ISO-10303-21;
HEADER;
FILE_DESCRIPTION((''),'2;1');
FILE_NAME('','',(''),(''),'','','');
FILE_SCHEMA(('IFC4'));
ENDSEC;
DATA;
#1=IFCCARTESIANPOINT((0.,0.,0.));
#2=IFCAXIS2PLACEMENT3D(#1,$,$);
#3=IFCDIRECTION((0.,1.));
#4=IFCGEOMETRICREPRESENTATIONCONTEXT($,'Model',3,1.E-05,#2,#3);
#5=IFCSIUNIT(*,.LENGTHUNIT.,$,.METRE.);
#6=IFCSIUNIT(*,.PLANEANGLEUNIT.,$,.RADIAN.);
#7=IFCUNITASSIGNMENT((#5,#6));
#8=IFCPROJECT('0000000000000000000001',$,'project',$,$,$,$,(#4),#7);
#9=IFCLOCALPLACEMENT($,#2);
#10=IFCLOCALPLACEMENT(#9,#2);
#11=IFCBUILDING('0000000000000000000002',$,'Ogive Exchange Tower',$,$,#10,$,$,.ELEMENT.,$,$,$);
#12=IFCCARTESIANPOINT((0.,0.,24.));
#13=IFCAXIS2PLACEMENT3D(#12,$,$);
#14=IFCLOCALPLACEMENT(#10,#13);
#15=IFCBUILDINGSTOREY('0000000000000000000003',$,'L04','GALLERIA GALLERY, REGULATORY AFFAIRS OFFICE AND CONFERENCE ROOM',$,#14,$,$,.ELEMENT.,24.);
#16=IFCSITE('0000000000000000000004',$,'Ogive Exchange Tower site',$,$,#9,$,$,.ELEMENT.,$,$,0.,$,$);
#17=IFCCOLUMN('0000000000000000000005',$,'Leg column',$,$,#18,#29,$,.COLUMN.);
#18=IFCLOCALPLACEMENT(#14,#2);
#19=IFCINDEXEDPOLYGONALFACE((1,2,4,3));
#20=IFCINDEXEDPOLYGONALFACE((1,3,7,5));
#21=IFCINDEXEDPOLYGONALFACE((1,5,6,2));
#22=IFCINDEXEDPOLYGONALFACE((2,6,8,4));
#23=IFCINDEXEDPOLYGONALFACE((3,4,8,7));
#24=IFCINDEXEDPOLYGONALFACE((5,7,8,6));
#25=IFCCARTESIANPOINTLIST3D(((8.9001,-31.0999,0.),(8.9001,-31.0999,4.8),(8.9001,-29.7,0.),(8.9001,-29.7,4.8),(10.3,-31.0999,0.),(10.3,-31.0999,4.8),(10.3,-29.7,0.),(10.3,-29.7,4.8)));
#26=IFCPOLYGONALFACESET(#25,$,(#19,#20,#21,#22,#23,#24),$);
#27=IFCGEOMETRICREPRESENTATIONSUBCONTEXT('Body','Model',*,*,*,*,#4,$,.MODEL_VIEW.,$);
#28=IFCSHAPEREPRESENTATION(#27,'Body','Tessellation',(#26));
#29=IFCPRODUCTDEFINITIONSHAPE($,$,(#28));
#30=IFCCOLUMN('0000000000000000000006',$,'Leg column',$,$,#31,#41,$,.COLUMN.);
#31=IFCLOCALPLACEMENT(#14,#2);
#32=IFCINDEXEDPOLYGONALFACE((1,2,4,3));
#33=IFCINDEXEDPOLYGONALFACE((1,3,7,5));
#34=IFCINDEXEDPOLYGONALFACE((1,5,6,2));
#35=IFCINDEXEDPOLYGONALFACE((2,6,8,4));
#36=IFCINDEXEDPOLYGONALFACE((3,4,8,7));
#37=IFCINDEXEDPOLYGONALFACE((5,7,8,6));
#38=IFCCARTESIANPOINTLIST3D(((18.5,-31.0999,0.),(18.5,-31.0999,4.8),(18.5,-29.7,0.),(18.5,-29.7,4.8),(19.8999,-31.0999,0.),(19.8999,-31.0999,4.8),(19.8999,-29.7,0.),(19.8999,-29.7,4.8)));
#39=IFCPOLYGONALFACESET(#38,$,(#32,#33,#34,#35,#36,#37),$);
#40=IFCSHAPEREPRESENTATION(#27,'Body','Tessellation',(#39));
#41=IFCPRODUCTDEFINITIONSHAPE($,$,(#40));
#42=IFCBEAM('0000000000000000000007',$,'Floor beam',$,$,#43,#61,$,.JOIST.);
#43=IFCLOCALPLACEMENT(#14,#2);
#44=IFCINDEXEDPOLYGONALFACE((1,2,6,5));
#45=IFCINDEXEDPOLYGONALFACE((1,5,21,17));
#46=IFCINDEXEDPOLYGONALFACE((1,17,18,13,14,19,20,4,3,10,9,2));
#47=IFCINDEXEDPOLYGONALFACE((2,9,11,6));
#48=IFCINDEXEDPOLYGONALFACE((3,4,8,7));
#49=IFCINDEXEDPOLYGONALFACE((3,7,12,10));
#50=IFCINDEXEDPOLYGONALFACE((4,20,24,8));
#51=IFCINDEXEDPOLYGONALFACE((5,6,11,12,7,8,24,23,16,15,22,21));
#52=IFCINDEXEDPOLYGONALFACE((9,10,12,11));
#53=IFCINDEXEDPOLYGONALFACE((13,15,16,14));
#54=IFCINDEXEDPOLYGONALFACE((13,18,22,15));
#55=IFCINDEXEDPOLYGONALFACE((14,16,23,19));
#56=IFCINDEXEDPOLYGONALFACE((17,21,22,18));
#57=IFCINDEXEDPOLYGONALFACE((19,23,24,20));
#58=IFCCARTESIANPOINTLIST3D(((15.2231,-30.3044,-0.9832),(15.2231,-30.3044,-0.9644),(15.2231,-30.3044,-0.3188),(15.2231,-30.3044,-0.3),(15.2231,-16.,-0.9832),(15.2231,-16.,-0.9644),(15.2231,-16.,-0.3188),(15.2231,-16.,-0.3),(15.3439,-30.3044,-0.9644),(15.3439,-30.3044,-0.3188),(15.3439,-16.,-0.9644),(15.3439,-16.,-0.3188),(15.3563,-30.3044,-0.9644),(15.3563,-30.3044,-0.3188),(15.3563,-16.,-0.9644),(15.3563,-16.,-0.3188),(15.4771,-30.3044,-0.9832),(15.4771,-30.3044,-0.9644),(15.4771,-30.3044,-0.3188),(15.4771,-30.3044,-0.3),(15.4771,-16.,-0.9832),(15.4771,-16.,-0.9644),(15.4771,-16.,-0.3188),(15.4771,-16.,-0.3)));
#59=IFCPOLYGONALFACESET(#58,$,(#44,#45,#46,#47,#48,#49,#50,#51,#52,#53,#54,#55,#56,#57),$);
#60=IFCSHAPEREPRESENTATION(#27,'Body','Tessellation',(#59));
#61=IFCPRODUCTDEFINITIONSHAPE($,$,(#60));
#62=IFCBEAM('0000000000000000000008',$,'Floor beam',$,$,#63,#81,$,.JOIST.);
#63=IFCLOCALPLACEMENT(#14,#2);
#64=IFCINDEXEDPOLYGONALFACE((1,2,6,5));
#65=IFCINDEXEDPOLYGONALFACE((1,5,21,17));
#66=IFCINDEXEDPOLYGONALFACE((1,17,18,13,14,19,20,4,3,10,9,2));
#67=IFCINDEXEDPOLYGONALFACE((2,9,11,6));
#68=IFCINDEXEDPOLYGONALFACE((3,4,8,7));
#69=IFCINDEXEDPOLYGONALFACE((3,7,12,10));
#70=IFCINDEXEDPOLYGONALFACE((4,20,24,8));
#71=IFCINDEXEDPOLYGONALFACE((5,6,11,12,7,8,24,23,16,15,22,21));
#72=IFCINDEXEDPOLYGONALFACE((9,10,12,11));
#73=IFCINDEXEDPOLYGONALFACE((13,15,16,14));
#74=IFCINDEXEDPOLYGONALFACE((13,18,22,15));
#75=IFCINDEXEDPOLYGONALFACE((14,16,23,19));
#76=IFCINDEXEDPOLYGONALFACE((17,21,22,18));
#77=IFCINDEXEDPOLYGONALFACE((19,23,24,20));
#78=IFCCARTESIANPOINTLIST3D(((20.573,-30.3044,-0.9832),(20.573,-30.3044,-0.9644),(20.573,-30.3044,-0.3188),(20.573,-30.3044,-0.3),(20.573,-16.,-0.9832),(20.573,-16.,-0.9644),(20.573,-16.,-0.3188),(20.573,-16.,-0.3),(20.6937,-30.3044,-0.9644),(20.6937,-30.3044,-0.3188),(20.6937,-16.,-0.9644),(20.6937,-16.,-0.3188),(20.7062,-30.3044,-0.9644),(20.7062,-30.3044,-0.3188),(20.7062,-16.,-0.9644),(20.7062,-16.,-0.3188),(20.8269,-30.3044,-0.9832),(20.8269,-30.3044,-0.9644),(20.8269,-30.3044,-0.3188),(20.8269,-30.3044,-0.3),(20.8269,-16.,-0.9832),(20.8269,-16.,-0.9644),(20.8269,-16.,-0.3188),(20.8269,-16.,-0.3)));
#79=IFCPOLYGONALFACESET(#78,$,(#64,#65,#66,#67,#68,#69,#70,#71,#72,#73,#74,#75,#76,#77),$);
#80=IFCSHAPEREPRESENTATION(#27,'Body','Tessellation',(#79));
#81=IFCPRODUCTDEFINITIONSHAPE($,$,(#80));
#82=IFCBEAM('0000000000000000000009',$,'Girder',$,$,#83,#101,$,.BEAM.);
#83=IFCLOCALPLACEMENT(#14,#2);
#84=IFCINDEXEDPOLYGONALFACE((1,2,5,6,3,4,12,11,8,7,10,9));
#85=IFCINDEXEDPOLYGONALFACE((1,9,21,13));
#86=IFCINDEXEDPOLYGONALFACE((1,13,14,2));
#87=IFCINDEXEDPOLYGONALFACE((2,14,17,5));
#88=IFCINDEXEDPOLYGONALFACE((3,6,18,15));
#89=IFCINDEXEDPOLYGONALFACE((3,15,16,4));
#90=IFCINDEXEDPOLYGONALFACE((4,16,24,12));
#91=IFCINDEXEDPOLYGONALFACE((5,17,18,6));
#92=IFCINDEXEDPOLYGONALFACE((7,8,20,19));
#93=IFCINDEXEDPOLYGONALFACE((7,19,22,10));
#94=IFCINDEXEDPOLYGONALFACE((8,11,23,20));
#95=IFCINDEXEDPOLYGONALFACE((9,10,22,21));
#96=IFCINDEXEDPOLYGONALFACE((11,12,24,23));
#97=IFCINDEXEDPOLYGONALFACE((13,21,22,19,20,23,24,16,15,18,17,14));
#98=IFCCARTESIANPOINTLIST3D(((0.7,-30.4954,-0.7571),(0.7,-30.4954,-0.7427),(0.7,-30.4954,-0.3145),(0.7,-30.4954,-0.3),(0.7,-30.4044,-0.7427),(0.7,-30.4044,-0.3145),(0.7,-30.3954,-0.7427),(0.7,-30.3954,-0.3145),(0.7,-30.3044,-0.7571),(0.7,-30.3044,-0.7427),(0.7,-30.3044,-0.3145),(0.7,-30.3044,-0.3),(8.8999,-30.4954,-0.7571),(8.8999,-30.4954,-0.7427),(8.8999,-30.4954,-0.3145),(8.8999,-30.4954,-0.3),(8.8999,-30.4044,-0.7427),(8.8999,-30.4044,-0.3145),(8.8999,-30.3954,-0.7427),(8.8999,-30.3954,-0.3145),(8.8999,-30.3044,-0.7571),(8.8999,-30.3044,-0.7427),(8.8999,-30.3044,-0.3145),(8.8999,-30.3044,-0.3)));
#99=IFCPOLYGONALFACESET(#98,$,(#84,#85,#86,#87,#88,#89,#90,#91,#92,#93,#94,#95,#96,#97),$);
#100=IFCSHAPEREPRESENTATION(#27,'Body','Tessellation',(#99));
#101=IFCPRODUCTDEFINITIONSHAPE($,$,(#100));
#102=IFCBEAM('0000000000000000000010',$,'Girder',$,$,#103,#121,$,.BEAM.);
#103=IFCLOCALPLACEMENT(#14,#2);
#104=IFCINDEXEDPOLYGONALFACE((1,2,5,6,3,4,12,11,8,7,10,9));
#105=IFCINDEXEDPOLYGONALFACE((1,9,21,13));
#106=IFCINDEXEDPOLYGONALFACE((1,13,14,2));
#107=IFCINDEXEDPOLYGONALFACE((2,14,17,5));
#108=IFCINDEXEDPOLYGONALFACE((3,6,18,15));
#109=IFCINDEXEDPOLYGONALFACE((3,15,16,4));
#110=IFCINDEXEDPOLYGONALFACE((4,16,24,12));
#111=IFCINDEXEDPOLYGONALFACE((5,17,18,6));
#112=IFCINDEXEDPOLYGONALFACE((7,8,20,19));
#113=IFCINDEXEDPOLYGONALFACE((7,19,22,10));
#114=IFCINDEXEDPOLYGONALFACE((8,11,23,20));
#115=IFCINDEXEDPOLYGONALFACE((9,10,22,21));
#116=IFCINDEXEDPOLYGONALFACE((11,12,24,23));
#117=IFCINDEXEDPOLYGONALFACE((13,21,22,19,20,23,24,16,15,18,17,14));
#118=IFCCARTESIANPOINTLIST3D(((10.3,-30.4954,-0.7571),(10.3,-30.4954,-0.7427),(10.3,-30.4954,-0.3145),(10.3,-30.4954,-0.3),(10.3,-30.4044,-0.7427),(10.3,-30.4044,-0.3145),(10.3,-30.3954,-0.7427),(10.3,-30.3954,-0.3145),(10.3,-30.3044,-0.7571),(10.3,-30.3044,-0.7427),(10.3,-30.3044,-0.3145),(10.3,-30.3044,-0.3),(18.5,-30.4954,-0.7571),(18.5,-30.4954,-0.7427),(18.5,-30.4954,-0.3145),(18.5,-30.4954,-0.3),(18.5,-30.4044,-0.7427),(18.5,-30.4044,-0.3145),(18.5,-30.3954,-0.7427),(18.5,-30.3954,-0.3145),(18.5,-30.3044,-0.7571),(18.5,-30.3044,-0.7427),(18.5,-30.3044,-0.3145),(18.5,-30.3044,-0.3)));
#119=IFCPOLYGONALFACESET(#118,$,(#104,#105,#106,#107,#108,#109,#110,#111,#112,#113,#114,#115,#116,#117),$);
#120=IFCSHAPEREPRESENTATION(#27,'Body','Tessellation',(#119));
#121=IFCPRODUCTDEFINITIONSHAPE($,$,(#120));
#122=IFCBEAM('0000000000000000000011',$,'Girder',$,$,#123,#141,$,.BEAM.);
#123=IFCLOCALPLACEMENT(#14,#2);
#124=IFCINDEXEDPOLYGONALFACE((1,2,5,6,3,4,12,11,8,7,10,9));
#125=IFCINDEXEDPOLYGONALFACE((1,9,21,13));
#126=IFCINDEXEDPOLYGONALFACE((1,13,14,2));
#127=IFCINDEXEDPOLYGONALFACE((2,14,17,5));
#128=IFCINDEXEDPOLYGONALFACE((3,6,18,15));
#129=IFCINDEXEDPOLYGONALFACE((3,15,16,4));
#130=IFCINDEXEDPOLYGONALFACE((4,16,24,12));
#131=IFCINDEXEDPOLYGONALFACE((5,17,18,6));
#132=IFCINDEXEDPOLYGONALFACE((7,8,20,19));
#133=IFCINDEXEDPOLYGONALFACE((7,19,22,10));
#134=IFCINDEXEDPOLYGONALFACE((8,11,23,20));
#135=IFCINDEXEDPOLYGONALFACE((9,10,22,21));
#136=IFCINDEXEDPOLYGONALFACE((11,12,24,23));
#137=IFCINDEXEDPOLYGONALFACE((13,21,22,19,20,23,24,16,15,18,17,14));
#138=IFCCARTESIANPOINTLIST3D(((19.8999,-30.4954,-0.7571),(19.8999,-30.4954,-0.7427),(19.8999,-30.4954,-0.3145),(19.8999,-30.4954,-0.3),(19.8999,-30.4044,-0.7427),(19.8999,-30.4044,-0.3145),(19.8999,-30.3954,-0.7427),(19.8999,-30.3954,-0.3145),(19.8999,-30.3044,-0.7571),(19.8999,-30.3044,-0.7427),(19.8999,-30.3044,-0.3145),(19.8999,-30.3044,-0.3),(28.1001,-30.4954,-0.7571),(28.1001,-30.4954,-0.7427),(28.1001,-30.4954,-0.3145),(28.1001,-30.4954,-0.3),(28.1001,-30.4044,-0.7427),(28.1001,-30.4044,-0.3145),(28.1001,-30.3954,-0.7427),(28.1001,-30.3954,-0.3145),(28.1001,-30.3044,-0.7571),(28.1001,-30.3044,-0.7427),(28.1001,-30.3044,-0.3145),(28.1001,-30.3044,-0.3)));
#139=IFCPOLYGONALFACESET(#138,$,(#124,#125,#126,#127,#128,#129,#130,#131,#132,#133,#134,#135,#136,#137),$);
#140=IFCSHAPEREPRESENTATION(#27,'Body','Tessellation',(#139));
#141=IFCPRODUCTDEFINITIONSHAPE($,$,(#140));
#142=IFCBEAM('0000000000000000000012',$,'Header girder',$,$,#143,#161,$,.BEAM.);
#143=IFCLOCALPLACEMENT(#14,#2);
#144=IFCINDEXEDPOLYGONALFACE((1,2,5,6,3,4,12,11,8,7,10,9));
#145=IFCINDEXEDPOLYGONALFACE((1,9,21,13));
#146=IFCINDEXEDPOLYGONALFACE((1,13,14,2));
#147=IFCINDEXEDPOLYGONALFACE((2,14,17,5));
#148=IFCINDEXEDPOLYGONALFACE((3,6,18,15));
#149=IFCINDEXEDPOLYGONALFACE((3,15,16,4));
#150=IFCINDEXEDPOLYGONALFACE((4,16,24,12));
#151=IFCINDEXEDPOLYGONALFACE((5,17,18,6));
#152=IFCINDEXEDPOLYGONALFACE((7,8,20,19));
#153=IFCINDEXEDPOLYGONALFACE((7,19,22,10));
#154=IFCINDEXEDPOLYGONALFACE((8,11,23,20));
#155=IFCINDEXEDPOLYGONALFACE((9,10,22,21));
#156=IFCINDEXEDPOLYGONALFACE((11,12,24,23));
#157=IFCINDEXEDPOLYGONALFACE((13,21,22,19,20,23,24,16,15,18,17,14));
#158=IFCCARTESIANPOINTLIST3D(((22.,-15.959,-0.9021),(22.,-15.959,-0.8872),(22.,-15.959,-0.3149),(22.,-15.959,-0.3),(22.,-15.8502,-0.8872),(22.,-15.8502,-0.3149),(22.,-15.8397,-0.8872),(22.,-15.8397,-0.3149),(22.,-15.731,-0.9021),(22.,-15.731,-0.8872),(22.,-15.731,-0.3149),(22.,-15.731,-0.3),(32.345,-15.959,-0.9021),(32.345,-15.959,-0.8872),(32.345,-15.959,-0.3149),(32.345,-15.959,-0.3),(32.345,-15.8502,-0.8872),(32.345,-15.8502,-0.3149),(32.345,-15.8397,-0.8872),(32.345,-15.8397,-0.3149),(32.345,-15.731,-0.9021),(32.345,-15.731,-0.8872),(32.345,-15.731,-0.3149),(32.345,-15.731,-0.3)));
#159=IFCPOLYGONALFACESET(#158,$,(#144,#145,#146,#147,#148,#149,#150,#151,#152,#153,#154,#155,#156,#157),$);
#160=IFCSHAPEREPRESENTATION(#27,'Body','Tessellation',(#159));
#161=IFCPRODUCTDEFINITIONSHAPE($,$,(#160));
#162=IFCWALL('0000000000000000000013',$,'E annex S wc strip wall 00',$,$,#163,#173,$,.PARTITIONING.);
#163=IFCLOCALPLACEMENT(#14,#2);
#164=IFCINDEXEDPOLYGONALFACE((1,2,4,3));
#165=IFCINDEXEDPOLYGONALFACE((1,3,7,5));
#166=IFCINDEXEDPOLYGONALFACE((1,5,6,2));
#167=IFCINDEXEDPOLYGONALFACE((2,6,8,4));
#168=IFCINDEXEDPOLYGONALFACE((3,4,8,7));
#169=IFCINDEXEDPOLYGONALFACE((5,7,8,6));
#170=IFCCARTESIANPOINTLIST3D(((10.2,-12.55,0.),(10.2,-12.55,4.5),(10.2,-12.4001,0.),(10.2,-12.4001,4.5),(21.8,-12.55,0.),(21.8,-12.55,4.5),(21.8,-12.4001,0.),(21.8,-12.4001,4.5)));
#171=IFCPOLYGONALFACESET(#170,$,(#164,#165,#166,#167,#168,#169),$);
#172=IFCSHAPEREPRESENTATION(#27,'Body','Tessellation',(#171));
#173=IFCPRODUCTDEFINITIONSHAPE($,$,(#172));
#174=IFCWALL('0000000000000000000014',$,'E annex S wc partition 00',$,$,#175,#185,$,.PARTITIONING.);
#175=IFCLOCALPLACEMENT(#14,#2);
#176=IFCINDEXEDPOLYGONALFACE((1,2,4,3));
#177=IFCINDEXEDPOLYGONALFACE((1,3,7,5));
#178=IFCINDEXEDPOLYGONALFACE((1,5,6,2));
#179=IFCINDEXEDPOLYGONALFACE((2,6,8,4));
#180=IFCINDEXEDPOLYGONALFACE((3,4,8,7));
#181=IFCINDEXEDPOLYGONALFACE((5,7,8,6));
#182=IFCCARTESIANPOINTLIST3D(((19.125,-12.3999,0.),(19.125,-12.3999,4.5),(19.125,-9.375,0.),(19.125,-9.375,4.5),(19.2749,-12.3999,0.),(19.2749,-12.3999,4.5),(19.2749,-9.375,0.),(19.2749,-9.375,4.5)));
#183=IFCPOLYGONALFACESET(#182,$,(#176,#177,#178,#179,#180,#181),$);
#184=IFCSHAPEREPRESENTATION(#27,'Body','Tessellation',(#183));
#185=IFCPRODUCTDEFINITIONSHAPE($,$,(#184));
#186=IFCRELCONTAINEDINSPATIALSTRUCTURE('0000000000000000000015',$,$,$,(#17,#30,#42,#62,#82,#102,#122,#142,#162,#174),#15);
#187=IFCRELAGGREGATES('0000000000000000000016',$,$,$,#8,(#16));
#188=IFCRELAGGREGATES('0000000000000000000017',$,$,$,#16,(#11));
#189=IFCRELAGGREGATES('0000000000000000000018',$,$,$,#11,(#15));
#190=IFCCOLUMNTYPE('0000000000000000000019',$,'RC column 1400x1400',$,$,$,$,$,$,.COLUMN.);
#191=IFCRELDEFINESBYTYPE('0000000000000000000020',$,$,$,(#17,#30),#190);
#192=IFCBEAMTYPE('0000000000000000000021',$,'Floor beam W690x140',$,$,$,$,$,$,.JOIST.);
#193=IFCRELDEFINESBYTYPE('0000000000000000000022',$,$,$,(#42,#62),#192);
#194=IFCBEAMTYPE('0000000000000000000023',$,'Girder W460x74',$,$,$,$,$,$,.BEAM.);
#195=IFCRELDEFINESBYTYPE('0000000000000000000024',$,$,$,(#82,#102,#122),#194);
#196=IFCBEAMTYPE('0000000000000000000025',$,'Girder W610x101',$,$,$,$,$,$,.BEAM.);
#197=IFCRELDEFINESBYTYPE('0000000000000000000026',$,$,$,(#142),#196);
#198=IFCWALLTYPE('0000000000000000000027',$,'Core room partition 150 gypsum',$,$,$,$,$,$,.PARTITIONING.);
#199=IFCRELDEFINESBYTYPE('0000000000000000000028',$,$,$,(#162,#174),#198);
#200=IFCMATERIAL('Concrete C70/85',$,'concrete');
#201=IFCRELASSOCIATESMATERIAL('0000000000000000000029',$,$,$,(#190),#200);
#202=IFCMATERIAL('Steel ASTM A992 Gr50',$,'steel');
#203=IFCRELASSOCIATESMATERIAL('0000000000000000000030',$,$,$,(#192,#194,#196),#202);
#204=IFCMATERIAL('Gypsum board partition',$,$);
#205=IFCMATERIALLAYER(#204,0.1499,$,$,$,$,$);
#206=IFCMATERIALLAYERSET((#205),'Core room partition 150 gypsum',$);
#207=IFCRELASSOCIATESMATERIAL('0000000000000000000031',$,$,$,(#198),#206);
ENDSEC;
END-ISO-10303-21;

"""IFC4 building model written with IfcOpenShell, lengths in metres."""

from ifc_helpers import new_model, si_unit, direction, frame, frame_2d, origin, origin_2d, place, context, subcontext, project, spatial, rectangle, i_section, extrude, material, layer, layer_set, material_profile, profile_set, type_object, element, save


model = new_model("IFC4")

# Units and contexts
model_context = context("Model", 3, precision=1e-05, world=origin(), true_north=direction((0.0, 1.0)))
body_context = subcontext(model_context, "Body", "Model", "MODEL_VIEW")
ifc_project = project(units=[si_unit("LENGTHUNIT", "METRE"), si_unit("PLANEANGLEUNIT", "RADIAN")], contexts=[model_context])

# Site, building, storey
site_placement = place(None, origin())
site = spatial("IfcSite", under=ifc_project, at=site_placement, Name="Ogive Exchange Tower site", CompositionType="ELEMENT", RefElevation=0.0)
building_placement = place(site_placement, origin())
building = spatial("IfcBuilding", under=site, at=building_placement, Name="Ogive Exchange Tower", CompositionType="ELEMENT")
storey_placement = place(building_placement, frame((0.0, 0.0, 24.0)))
storey = spatial("IfcBuildingStorey", under=building, at=storey_placement, Name="L04", Description="GALLERIA GALLERY, REGULATORY AFFAIRS OFFICE AND CONFERENCE ROOM", CompositionType="ELEMENT", Elevation=24.0)

# Columns
ifc_material_1 = material(Name="Concrete C70/85", Category="concrete")
ifc_material_profile_1 = material_profile(ifc_material_1, rectangle(XDim=1.3999, YDim=1.3999, at=origin_2d()), Name="RC 1400x1400")
ifc_profile_set_1 = profile_set([ifc_material_profile_1], Name="Concrete C70/85")
column_type = type_object("IfcColumnType", Name="RC column 1400x1400", PredefinedType="COLUMN", material=ifc_profile_set_1)
for number, where, z_axis, x_axis, name in (
    (1, (9.6001, -30.3999, 0.0), (0.0, 0.0, 1.0), (1.0, 0.0, 0.0), "Leg column"),
    (2, (19.2, -30.3999, 0.0), (0.0, 0.0, 1.0), (1.0, 0.0, 0.0), "Leg column"),
):
    element("IfcColumn", number, at=place(storey_placement, frame(where, z_axis=z_axis, x_axis=x_axis)), inside=storey, type_object=column_type, Name=name, PredefinedType="COLUMN", context=body_context, shape_type="SweptSolid", body=[
        extrude(rectangle(XDim=1.3999, YDim=1.3999, at=origin_2d()), origin(), (0.0, 0.0, 1.0), 4.8),
    ])

# Beams
ifc_material_2 = material(Name="Steel ASTM A992 Gr50", Category="steel")
ifc_material_profile_2 = material_profile(ifc_material_2, i_section(OverallWidth=0.2539, OverallDepth=0.6831, WebThickness=0.0125, FlangeThickness=0.0188, at=origin_2d()), Name="W690x140")
ifc_profile_set_2 = profile_set([ifc_material_profile_2], Name="Steel ASTM A992 Gr50")
beam_type_1 = type_object("IfcBeamType", Name="Floor beam W690x140", PredefinedType="JOIST", material=ifc_profile_set_2)
for number, where, z_axis, x_axis, name in (
    (3, (15.3501, -30.3044, -0.6416), (0.0, 1.0, 0.0), (-1.0, 0.0, 0.0), "Floor beam"),
    (4, (20.7, -30.3044, -0.6416), (0.0, 1.0, 0.0), (-1.0, 0.0, 0.0), "Floor beam"),
):
    element("IfcBeam", number, at=place(storey_placement, frame(where, z_axis=z_axis, x_axis=x_axis)), inside=storey, type_object=beam_type_1, Name=name, PredefinedType="JOIST", context=body_context, shape_type="SweptSolid", body=[
        extrude(i_section(OverallWidth=0.2539, OverallDepth=0.6831, WebThickness=0.0125, FlangeThickness=0.0188, at=origin_2d()), origin(), (0.0, 0.0, 1.0), 14.3044),
    ])
ifc_material_profile_3 = material_profile(ifc_material_2, i_section(OverallWidth=0.1909, OverallDepth=0.457, WebThickness=0.009, FlangeThickness=0.0144, at=origin_2d()), Name="W460x74")
ifc_profile_set_3 = profile_set([ifc_material_profile_3], Name="Steel ASTM A992 Gr50")
beam_type_2 = type_object("IfcBeamType", Name="Girder W460x74", PredefinedType="BEAM", material=ifc_profile_set_3)
for number, where, z_axis, x_axis, name in (
    (5, (0.7, -30.3999, -0.5286), (1.0, 0.0, 0.0), (0.0, 1.0, 0.0), "Girder"),
    (6, (10.3, -30.3999, -0.5286), (1.0, 0.0, 0.0), (0.0, 1.0, 0.0), "Girder"),
):
    element("IfcBeam", number, at=place(storey_placement, frame(where, z_axis=z_axis, x_axis=x_axis)), inside=storey, type_object=beam_type_2, Name=name, PredefinedType="BEAM", context=body_context, shape_type="SweptSolid", body=[
        extrude(i_section(OverallWidth=0.1909, OverallDepth=0.457, WebThickness=0.009, FlangeThickness=0.0144, at=origin_2d()), origin(), (0.0, 0.0, 1.0), 8.2),
    ])
beam_1_placement = place(storey_placement, frame((19.8999, -30.3999, -0.5286), z_axis=(1.0, 0.0, 0.0), x_axis=(0.0, 1.0, 0.0)))
element("IfcBeam", 7, at=beam_1_placement, inside=storey, type_object=beam_type_2, Name="Girder", PredefinedType="BEAM", context=body_context, shape_type="SweptSolid", body=[
    extrude(i_section(OverallWidth=0.1909, OverallDepth=0.457, WebThickness=0.009, FlangeThickness=0.0144, at=origin_2d()), origin(), (0.0, 0.0, 1.0), 8.2002),
])
ifc_material_profile_4 = material_profile(ifc_material_2, i_section(OverallWidth=0.228, OverallDepth=0.6021, WebThickness=0.0105, FlangeThickness=0.0149, at=origin_2d()), Name="W610x101")
ifc_profile_set_4 = profile_set([ifc_material_profile_4], Name="Steel ASTM A992 Gr50")
beam_type_3 = type_object("IfcBeamType", Name="Girder W610x101", PredefinedType="BEAM", material=ifc_profile_set_4)
beam_2_placement = place(storey_placement, frame((22.0, -15.845, -0.6011), z_axis=(1.0, 0.0, 0.0), x_axis=(0.0, 1.0, 0.0)))
element("IfcBeam", 8, at=beam_2_placement, inside=storey, type_object=beam_type_3, Name="Header girder", PredefinedType="BEAM", context=body_context, shape_type="SweptSolid", body=[
    extrude(i_section(OverallWidth=0.228, OverallDepth=0.6021, WebThickness=0.0105, FlangeThickness=0.0149, at=origin_2d()), origin(), (0.0, 0.0, 1.0), 10.345),
])

# Walls
ifc_material_3 = material(Name="Gypsum board partition")
ifc_layer_1 = layer(ifc_material_3, 0.1499)
ifc_layer_set_1 = layer_set([ifc_layer_1], Name="Core room partition 150 gypsum")
wall_type_1 = type_object("IfcWallType", Name="Core room partition 150 gypsum", PredefinedType="PARTITIONING", material=ifc_layer_set_1)
wall_1_placement = place(storey_placement, frame((10.2, -12.4751, 0.0), z_axis=(0.0, 0.0, 1.0), x_axis=(1.0, 0.0, 0.0)))
element("IfcWall", 9, at=wall_1_placement, inside=storey, type_object=wall_type_1, Name="E annex S wc strip wall 00", PredefinedType="PARTITIONING", context=body_context, shape_type="SweptSolid", body=[
    extrude(rectangle(XDim=11.6001, YDim=0.1499, at=frame_2d((5.8, 0.0))), origin(), (0.0, 0.0, 1.0), 4.5),
])
wall_2_placement = place(storey_placement, frame((19.2, -12.3999, 0.0), z_axis=(0.0, 0.0, 1.0), x_axis=(0.0, 1.0, 0.0)))
element("IfcWall", 10, at=wall_2_placement, inside=storey, type_object=wall_type_1, Name="E annex S wc partition 00", PredefinedType="PARTITIONING", context=body_context, shape_type="SweptSolid", body=[
    extrude(rectangle(XDim=3.0249, YDim=0.1499, at=frame_2d((1.5125, 0.0))), origin(), (0.0, 0.0, 1.0), 4.5),
])

save(model, "model.ifc")
